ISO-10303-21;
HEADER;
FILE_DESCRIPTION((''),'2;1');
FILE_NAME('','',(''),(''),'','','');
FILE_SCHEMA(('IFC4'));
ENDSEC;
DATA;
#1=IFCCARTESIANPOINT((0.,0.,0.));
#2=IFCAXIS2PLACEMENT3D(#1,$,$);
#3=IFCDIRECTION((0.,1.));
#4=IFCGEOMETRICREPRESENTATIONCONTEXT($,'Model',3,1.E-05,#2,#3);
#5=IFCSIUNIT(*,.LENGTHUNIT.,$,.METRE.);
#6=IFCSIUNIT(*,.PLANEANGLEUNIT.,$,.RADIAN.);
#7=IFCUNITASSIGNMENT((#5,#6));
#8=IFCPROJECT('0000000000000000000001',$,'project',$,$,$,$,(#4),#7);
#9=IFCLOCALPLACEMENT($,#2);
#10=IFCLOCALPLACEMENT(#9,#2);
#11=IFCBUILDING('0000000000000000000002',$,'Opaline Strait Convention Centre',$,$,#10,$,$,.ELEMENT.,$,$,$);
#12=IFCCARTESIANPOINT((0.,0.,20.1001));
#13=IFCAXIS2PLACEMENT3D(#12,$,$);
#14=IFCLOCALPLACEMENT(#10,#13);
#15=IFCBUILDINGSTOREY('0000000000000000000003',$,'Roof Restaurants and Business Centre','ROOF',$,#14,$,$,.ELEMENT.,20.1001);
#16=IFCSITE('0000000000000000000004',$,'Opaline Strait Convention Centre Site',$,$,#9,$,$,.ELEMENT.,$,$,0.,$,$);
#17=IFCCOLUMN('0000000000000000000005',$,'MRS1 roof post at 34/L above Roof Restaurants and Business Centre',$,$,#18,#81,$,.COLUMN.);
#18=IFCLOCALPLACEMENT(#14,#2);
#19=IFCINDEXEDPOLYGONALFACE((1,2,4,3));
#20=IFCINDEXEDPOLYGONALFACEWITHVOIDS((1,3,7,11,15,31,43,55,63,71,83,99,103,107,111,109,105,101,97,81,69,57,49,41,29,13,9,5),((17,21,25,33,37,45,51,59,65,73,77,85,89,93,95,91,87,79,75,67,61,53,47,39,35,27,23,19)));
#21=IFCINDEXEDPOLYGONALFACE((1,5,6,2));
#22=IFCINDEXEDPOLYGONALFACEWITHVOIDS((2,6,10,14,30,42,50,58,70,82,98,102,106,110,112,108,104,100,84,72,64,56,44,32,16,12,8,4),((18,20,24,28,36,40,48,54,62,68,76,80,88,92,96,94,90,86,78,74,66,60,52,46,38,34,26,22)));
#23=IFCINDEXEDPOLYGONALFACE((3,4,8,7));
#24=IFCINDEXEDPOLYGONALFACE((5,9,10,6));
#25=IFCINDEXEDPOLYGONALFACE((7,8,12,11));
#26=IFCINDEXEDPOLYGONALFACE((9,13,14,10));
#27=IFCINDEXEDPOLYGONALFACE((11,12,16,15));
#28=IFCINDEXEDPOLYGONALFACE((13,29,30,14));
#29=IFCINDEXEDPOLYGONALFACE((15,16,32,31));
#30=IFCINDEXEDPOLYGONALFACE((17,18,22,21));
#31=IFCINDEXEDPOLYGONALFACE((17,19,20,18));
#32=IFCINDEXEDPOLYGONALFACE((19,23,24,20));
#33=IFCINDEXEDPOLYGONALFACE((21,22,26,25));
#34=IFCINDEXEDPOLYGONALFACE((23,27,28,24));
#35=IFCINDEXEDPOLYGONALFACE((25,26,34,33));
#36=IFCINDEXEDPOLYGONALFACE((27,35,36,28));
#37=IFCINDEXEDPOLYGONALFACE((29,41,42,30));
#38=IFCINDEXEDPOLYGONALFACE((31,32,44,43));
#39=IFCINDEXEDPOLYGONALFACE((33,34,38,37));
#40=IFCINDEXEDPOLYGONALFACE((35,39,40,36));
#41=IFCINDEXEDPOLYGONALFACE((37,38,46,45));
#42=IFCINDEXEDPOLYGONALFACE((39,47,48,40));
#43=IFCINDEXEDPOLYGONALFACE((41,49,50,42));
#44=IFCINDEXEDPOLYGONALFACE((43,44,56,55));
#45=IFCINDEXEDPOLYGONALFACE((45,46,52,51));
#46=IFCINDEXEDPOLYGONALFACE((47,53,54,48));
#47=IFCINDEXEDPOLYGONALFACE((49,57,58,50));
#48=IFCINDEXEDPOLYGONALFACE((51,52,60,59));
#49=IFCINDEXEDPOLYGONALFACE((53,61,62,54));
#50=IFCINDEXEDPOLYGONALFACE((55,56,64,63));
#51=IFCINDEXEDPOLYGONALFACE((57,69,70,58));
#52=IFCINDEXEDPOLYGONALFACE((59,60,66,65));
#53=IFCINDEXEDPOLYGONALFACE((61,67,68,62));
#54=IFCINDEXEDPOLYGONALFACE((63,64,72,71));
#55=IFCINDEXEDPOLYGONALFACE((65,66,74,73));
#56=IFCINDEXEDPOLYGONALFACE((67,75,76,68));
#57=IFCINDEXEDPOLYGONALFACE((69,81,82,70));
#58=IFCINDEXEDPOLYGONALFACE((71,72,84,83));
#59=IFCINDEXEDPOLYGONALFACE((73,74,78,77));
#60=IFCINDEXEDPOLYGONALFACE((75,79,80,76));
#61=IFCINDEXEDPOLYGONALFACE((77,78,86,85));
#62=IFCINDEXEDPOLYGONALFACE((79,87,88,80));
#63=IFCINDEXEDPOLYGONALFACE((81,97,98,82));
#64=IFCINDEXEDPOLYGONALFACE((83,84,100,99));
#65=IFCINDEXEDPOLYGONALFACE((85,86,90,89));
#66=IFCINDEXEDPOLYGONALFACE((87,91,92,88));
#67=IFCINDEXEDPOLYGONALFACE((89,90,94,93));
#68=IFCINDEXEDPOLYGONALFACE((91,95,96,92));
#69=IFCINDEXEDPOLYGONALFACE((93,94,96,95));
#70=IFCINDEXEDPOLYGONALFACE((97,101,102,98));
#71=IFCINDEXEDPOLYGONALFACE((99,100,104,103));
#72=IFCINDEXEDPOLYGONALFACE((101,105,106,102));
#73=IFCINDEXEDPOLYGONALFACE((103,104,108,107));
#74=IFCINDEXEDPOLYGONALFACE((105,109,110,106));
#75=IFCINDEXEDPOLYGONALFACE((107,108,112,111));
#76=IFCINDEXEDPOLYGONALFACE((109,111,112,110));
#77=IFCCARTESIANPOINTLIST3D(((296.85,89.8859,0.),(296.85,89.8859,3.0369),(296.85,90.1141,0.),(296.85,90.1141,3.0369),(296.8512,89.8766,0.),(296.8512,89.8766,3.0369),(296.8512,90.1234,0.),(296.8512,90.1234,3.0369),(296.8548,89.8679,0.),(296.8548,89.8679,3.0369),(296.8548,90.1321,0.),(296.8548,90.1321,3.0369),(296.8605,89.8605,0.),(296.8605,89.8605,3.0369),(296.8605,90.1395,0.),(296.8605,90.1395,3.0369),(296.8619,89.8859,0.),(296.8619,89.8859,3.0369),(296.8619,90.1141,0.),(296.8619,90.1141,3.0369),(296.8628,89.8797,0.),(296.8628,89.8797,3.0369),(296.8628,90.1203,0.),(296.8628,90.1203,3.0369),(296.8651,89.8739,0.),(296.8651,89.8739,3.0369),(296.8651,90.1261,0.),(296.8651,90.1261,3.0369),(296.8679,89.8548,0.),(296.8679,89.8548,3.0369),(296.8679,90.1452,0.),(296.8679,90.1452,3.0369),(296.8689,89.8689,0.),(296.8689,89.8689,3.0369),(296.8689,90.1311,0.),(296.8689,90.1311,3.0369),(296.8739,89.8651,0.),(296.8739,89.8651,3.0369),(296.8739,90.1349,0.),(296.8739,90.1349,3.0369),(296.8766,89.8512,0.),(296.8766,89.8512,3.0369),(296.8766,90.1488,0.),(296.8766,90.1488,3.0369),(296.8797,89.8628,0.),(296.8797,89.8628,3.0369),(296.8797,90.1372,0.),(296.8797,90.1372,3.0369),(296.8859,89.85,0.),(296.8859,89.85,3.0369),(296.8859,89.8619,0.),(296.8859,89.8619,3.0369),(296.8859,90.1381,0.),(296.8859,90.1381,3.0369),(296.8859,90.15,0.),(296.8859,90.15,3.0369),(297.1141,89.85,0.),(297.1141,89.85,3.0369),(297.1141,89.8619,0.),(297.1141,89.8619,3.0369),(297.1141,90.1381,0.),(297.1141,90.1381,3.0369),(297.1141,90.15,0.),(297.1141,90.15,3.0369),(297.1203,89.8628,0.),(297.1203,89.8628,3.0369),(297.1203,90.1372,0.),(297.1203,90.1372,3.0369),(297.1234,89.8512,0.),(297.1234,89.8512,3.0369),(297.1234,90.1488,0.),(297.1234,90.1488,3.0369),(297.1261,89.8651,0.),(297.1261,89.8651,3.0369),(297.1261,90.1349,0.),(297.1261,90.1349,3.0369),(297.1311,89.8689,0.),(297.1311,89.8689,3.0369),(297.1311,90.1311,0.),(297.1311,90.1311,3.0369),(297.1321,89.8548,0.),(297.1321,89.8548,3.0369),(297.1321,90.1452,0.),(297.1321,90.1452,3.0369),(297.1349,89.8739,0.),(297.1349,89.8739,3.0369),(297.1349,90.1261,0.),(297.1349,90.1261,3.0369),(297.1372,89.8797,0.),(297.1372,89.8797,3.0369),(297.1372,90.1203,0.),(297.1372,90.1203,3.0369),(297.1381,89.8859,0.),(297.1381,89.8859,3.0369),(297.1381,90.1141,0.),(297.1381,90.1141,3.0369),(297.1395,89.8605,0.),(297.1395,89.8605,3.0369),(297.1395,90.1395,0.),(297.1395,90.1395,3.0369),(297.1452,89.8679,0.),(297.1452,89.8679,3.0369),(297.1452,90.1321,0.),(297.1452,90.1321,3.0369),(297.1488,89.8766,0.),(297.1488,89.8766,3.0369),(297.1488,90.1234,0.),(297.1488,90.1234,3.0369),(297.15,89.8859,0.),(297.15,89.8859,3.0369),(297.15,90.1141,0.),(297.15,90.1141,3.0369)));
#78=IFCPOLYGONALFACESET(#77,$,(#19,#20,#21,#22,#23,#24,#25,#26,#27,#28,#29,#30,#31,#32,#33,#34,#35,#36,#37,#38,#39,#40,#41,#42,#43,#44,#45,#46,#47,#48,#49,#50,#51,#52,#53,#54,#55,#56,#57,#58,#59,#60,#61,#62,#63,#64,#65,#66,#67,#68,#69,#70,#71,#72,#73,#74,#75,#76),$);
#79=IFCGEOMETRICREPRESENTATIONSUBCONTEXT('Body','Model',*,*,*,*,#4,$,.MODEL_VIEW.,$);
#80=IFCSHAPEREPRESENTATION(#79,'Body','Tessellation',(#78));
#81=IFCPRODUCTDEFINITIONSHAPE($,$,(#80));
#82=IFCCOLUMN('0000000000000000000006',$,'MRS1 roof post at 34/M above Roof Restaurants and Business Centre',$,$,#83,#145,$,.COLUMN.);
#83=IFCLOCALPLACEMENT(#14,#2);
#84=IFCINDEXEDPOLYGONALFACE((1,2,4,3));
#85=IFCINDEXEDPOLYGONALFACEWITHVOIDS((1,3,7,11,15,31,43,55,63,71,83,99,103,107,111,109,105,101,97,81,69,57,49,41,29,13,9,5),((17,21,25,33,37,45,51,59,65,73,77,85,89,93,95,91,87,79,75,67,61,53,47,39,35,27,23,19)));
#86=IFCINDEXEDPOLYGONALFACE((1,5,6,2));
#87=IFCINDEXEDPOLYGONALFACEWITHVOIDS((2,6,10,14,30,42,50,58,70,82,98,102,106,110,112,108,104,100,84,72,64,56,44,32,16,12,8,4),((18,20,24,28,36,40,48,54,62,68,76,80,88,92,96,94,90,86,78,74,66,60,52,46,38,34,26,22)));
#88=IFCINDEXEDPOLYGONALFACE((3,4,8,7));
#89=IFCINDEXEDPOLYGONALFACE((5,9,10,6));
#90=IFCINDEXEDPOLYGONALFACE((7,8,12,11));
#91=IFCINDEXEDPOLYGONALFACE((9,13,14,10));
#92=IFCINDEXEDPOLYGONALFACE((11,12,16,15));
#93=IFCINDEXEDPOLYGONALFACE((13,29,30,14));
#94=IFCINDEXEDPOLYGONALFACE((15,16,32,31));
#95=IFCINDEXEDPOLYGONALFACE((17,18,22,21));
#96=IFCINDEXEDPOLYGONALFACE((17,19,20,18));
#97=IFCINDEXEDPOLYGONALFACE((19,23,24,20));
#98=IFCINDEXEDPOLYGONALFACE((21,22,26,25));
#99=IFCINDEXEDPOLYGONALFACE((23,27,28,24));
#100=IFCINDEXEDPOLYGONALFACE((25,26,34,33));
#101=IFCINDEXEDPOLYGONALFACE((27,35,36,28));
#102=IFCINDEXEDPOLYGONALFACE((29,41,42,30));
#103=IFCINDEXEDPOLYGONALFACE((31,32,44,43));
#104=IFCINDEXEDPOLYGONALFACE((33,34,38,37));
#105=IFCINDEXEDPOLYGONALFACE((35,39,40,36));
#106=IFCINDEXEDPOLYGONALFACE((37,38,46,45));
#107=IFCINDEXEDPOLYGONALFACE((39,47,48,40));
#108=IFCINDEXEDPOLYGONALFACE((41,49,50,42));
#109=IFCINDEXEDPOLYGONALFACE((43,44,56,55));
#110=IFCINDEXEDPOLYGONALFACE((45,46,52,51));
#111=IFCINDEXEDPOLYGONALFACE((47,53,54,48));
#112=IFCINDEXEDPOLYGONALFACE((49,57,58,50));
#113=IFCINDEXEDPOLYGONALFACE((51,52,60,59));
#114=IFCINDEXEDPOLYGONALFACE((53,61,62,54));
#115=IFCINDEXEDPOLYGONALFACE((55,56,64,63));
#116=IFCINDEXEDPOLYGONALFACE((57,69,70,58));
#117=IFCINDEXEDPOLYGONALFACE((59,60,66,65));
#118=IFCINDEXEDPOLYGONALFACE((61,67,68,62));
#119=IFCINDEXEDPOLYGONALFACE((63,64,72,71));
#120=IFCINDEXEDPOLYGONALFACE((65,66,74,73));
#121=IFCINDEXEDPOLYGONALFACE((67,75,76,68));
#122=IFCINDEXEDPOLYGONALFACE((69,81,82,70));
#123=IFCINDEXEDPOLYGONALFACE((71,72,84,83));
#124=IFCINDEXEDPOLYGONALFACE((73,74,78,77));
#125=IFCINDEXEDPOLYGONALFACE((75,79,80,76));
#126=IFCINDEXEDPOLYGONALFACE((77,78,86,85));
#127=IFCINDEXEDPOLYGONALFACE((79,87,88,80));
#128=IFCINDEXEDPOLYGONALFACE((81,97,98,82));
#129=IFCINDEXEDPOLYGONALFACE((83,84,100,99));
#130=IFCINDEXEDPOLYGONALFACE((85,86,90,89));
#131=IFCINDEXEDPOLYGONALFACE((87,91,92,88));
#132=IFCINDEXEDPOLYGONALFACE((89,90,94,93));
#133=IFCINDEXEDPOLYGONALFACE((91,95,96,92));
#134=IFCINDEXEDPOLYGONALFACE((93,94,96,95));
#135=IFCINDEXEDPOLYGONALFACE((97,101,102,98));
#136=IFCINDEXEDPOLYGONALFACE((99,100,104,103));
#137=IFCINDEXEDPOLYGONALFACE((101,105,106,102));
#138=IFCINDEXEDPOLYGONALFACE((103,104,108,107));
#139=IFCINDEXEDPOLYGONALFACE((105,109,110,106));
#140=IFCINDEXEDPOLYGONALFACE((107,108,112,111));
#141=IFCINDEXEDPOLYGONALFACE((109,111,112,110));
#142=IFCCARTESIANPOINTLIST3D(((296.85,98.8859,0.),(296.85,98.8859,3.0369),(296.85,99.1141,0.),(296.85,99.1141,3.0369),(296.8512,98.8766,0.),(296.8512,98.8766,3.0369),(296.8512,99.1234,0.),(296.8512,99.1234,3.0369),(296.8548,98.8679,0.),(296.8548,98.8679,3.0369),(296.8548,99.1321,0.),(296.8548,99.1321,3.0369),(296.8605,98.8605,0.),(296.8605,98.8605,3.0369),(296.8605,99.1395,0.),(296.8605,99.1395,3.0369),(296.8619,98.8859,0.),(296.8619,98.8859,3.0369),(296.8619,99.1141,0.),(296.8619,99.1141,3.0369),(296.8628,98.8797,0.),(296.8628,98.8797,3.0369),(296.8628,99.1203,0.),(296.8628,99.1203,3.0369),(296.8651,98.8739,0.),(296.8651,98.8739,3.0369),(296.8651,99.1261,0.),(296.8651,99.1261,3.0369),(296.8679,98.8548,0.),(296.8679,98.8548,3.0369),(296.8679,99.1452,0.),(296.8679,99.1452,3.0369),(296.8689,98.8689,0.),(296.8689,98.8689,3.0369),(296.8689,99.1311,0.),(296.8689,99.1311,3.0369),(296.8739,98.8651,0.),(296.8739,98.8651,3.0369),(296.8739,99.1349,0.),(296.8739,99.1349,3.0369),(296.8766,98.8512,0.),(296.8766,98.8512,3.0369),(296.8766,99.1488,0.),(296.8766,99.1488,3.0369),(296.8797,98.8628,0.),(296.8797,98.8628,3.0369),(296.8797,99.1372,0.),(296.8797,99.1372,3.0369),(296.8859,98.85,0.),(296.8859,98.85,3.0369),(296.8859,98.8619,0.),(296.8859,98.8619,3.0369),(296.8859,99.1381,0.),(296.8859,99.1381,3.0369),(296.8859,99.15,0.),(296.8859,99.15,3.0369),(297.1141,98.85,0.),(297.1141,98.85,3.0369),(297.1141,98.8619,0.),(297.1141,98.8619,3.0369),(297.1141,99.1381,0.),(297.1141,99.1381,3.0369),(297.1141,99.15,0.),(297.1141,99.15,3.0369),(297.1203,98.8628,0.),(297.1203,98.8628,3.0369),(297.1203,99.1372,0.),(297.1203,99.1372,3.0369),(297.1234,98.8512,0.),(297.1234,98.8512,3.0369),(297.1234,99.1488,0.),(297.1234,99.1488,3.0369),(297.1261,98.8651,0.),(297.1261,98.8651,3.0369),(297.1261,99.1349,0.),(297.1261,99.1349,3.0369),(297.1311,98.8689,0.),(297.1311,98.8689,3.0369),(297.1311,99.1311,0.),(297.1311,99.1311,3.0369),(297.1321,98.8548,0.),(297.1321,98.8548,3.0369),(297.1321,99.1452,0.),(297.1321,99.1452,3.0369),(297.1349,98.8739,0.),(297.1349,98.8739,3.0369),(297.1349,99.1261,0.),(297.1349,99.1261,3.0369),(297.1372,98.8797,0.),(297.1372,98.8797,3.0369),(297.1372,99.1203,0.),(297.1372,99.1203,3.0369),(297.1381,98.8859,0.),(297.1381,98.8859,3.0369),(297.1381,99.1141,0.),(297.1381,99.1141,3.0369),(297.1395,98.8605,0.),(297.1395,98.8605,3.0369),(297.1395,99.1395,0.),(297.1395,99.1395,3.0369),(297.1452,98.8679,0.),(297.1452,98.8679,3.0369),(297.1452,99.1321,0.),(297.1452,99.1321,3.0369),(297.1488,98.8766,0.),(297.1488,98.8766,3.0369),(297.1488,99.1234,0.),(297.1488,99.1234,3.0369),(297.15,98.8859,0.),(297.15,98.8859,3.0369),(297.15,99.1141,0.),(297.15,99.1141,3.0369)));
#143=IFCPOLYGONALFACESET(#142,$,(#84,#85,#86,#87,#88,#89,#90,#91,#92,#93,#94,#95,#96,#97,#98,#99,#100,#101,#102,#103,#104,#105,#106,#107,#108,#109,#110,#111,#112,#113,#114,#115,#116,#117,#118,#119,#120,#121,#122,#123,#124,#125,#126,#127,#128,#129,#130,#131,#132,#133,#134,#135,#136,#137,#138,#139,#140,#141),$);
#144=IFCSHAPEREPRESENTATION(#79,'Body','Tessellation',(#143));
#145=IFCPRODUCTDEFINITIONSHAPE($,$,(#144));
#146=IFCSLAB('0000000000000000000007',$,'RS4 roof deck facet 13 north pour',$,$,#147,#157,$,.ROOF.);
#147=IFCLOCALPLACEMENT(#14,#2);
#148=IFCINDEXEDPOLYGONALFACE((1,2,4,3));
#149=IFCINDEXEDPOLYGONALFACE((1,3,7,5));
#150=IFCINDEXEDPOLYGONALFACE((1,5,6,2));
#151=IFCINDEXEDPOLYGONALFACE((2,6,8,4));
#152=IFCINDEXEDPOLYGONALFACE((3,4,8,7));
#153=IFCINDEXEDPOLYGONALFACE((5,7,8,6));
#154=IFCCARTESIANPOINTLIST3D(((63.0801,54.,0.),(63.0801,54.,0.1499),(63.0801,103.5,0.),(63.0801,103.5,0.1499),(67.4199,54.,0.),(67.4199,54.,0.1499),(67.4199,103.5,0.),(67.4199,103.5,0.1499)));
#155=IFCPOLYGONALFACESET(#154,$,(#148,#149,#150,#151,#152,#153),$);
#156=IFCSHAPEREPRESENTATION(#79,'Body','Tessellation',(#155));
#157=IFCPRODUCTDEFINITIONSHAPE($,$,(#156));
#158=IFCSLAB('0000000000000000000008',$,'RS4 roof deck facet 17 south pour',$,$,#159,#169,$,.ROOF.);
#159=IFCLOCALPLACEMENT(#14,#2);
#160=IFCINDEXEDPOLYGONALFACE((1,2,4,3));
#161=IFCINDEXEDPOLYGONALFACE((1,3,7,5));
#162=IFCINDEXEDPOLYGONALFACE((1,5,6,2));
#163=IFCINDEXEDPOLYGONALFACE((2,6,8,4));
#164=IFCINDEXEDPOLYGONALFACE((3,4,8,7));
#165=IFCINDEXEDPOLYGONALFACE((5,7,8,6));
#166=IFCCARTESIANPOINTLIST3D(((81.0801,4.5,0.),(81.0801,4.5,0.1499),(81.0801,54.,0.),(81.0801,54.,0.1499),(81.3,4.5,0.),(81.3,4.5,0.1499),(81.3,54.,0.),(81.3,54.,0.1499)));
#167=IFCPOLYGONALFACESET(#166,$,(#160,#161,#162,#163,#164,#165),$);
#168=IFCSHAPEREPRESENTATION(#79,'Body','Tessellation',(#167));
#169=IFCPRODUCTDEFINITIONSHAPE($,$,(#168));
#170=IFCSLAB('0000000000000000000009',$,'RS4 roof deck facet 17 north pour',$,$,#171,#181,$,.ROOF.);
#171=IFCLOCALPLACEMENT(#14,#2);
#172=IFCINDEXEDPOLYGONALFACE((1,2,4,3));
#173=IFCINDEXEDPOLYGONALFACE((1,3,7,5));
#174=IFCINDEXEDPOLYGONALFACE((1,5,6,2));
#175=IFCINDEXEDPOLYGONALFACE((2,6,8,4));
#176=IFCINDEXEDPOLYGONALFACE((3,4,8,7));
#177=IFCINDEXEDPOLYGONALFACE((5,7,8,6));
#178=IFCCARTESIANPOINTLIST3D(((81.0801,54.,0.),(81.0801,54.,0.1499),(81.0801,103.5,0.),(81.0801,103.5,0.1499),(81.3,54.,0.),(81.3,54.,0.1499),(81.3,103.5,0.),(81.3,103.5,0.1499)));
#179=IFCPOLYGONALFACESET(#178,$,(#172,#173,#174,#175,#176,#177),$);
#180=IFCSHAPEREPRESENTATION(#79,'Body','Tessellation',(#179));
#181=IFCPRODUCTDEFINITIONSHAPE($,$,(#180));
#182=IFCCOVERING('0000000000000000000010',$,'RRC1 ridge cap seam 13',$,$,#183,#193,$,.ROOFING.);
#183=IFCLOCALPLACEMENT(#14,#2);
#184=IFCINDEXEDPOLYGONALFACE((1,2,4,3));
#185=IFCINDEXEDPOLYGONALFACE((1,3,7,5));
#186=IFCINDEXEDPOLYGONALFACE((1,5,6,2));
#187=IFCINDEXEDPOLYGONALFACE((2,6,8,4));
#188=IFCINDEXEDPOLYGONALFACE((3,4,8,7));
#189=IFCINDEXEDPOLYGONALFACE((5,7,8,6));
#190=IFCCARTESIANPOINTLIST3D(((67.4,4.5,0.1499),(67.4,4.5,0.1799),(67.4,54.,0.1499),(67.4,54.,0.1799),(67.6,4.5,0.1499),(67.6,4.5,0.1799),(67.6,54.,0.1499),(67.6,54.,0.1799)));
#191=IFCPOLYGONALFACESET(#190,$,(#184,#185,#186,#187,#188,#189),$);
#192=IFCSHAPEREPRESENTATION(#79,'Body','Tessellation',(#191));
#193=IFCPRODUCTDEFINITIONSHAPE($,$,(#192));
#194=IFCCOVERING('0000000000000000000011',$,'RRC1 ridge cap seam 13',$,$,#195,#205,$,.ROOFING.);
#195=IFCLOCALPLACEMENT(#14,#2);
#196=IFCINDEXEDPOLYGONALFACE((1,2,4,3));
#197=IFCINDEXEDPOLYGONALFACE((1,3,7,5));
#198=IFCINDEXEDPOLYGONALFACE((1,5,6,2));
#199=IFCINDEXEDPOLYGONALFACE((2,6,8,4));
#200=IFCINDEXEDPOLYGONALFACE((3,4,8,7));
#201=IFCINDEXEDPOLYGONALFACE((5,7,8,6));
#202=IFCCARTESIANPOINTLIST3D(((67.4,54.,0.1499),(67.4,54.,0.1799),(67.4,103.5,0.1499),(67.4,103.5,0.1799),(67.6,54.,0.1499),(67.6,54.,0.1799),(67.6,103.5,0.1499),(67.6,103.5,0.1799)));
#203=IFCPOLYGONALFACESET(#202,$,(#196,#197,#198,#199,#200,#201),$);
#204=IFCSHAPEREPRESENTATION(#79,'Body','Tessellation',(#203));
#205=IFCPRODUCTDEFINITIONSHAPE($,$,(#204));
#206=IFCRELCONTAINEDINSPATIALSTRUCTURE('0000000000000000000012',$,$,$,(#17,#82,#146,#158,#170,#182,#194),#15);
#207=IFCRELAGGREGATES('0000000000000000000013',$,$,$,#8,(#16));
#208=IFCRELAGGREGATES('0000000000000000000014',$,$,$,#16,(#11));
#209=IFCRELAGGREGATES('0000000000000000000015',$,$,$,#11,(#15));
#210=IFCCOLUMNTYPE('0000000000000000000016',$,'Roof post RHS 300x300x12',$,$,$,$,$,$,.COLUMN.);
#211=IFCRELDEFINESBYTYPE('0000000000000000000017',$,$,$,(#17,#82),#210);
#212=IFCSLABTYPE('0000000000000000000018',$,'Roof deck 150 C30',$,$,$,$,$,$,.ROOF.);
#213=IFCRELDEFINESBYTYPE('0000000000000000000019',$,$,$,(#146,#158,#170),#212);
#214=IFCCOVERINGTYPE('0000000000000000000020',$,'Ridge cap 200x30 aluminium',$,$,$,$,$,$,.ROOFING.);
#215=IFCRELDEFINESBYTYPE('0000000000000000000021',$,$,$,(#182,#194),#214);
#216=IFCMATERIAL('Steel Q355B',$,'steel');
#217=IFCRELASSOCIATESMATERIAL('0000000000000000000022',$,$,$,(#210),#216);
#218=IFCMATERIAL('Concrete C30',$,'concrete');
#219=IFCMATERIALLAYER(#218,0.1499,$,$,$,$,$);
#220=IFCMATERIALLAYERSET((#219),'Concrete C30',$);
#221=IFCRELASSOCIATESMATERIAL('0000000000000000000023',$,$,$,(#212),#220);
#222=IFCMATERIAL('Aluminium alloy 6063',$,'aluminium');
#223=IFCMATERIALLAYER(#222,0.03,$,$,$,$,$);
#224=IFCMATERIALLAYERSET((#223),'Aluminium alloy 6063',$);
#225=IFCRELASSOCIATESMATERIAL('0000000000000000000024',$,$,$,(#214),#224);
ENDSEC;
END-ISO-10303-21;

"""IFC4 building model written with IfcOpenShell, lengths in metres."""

from ifc_helpers import new_model, si_unit, direction, frame, origin, origin_2d, place, context, subcontext, project, spatial, polyline, rectangle, hollow_rectangle, outline, extrude, material, layer, layer_set, material_profile, profile_set, type_object, element, save


model = new_model("IFC4")

# Units and contexts
model_context = context("Model", 3, precision=1e-05, world=origin(), true_north=direction((0.0, 1.0)))
body_context = subcontext(model_context, "Body", "Model", "MODEL_VIEW")
ifc_project = project(units=[si_unit("LENGTHUNIT", "METRE"), si_unit("PLANEANGLEUNIT", "RADIAN")], contexts=[model_context])

# Site, building, storey
site_placement = place(None, origin())
site = spatial("IfcSite", under=ifc_project, at=site_placement, Name="Opaline Strait Convention Centre Site", CompositionType="ELEMENT", RefElevation=0.0)
building_placement = place(site_placement, origin())
building = spatial("IfcBuilding", under=site, at=building_placement, Name="Opaline Strait Convention Centre", CompositionType="ELEMENT")
storey_placement = place(building_placement, frame((0.0, 0.0, 20.1001)))
storey = spatial("IfcBuildingStorey", under=building, at=storey_placement, Name="Roof Restaurants and Business Centre", Description="ROOF", CompositionType="ELEMENT", Elevation=20.1001)

# Columns
ifc_material_1 = material(Name="Steel Q355B", Category="steel")
ifc_material_profile_1 = material_profile(ifc_material_1, hollow_rectangle(XDim=0.3, YDim=0.3, WallThickness=0.012, InnerFilletRadius=0.0239, OuterFilletRadius=0.0359, at=origin_2d()), Name="RHS 300x300x12")
ifc_profile_set_1 = profile_set([ifc_material_profile_1], Name="Steel Q355B")
column_type_1 = type_object("IfcColumnType", Name="Roof post RHS 300x300x12", PredefinedType="COLUMN", material=ifc_profile_set_1)
for number, where, z_axis, x_axis, name in (
    (1, (297.0, 90.0, 0.0), (0.0, 0.0, 1.0), (1.0, 0.0, 0.0), "MRS1 roof post at 34/L above Roof Restaurants and Business Centre"),
    (2, (297.0, 99.0, 0.0), (0.0, 0.0, 1.0), (1.0, 0.0, 0.0), "MRS1 roof post at 34/M above Roof Restaurants and Business Centre"),
):
    element("IfcColumn", number, at=place(storey_placement, frame(where, z_axis=z_axis, x_axis=x_axis)), inside=storey, type_object=column_type_1, Name=name, PredefinedType="COLUMN", context=body_context, shape_type="SweptSolid", body=[
        extrude(hollow_rectangle(XDim=0.3, YDim=0.3, WallThickness=0.012, InnerFilletRadius=0.0239, OuterFilletRadius=0.0359, at=origin_2d()), origin(), (0.0, 0.0, 1.0), 3.0369),
    ])

# Slabs
ifc_material_2 = material(Name="Concrete C30", Category="concrete")
ifc_layer_1 = layer(ifc_material_2, 0.1499)
ifc_layer_set_1 = layer_set([ifc_layer_1], Name="Concrete C30")
slab_type = type_object("IfcSlabType", Name="Roof deck 150 C30", PredefinedType="ROOF", material=ifc_layer_set_1)
slab_placement = place(storey_placement, frame((63.0801, 54.0, 0.1499), z_axis=(0.0, 0.0, 1.0), x_axis=(1.0, 0.0, 0.0)))
element("IfcSlab", 3, at=slab_placement, inside=storey, type_object=slab_type, Name="RS4 roof deck facet 13 north pour", PredefinedType="ROOF", context=body_context, shape_type="SweptSolid", body=[
    extrude(outline(polyline([(0.0, 0.0), (4.3398, 0.0), (4.3398, 49.5), (0.0, 49.5), (0.0, 0.0)])), origin(), (0.0, 0.0, -1.0), 0.1499),
])
for number, where, z_axis, x_axis, name in (
    (4, (81.0801, 4.5, 0.1499), (0.0, 0.0, 1.0), (1.0, 0.0, 0.0), "RS4 roof deck facet 17 south pour"),
    (5, (81.0801, 54.0, 0.1499), (0.0, 0.0, 1.0), (1.0, 0.0, 0.0), "RS4 roof deck facet 17 north pour"),
):
    element("IfcSlab", number, at=place(storey_placement, frame(where, z_axis=z_axis, x_axis=x_axis)), inside=storey, type_object=slab_type, Name=name, PredefinedType="ROOF", context=body_context, shape_type="SweptSolid", body=[
        extrude(outline(polyline([(0.0, 0.0), (0.22, 0.0), (0.22, 49.5), (0.0, 49.5), (0.0, 0.0)])), origin(), (0.0, 0.0, -1.0), 0.1499),
    ])

# Coverings
ifc_material_3 = material(Name="Aluminium alloy 6063", Category="aluminium")
ifc_layer_2 = layer(ifc_material_3, 0.03)
ifc_layer_set_2 = layer_set([ifc_layer_2], Name="Aluminium alloy 6063")
covering_type = type_object("IfcCoveringType", Name="Ridge cap 200x30 aluminium", PredefinedType="ROOFING", material=ifc_layer_set_2)
for number, where, z_axis, x_axis, name in (
    (6, (67.5, 29.25, 0.1499), (0.0, 0.0, 1.0), (1.0, 0.0, 0.0), "RRC1 ridge cap seam 13"),
    (7, (67.5, 78.75, 0.1499), (0.0, 0.0, 1.0), (1.0, 0.0, 0.0), "RRC1 ridge cap seam 13"),
):
    element("IfcCovering", number, at=place(storey_placement, frame(where, z_axis=z_axis, x_axis=x_axis)), inside=storey, type_object=covering_type, Name=name, PredefinedType="ROOFING", context=body_context, shape_type="SweptSolid", body=[
        extrude(rectangle(XDim=0.2, YDim=49.5, at=origin_2d()), origin(), (0.0, 0.0, 1.0), 0.03),
    ])

save(model, "model.ifc")
